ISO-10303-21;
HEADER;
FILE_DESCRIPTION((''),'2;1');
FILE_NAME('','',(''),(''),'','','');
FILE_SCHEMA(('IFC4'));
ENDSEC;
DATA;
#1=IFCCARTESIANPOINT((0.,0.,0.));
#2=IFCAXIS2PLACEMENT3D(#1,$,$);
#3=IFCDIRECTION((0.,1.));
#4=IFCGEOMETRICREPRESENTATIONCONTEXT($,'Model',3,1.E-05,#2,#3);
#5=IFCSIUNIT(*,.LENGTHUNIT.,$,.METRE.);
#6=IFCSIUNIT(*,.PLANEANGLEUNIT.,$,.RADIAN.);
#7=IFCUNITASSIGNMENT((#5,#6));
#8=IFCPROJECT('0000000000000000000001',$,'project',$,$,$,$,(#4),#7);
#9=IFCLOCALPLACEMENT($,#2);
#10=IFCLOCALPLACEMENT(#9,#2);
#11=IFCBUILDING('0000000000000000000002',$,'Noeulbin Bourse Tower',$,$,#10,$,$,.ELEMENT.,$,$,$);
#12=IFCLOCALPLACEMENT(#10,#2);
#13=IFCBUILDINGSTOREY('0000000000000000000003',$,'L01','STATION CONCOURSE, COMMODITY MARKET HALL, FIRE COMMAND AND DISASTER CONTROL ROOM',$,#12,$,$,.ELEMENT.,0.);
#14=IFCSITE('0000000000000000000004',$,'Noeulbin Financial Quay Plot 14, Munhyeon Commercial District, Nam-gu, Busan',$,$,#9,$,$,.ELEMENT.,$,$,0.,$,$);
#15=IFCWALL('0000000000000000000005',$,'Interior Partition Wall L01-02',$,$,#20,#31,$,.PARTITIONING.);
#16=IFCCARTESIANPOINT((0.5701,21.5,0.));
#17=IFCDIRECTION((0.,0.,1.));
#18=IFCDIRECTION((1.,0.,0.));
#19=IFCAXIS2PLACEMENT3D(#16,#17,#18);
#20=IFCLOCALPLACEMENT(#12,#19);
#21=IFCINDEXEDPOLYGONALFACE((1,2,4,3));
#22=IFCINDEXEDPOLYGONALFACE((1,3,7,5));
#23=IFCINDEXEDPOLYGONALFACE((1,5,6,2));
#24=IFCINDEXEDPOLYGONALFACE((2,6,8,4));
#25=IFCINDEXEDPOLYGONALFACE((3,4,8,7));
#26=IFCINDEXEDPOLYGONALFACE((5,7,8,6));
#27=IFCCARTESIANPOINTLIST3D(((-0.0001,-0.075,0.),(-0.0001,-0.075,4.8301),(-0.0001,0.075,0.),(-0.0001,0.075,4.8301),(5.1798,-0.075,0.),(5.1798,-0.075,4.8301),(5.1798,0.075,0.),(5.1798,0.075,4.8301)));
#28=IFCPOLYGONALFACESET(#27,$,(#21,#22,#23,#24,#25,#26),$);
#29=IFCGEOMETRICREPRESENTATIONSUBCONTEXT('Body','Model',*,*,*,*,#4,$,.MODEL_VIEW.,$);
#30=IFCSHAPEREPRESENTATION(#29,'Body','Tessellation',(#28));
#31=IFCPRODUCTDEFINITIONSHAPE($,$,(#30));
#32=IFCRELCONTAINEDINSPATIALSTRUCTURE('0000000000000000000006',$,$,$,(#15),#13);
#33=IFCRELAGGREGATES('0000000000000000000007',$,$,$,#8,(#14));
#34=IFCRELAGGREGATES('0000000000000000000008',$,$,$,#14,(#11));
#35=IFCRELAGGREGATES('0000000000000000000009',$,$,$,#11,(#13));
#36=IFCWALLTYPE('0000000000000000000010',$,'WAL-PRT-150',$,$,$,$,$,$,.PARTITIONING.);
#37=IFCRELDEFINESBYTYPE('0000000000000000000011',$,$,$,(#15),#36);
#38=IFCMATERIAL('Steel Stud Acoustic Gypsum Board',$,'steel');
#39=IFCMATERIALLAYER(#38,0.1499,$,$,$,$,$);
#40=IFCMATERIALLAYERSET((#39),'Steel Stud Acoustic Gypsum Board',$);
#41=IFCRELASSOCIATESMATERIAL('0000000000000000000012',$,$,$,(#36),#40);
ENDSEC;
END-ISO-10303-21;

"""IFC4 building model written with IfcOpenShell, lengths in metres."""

from ifc_helpers import new_model, si_unit, direction, frame, frame_2d, origin, place, context, subcontext, project, spatial, rectangle, extrude, material, layer, layer_set, type_object, element, save


model = new_model("IFC4")

# Units and contexts
model_context = context("Model", 3, precision=1e-05, world=origin(), true_north=direction((0.0, 1.0)))
body_context = subcontext(model_context, "Body", "Model", "MODEL_VIEW")
ifc_project = project(units=[si_unit("LENGTHUNIT", "METRE"), si_unit("PLANEANGLEUNIT", "RADIAN")], contexts=[model_context])

# Site, building, storey
site_placement = place(None, origin())
site = spatial("IfcSite", under=ifc_project, at=site_placement, Name="Noeulbin Financial Quay Plot 14, Munhyeon Commercial District, Nam-gu, Busan", CompositionType="ELEMENT", RefElevation=0.0)
building_placement = place(site_placement, origin())
building = spatial("IfcBuilding", under=site, at=building_placement, Name="Noeulbin Bourse Tower", CompositionType="ELEMENT")
storey_placement = place(building_placement, origin())
storey = spatial("IfcBuildingStorey", under=building, at=storey_placement, Name="L01", Description="STATION CONCOURSE, COMMODITY MARKET HALL, FIRE COMMAND AND DISASTER CONTROL ROOM", CompositionType="ELEMENT", Elevation=0.0)

# Wall
ifc_material_1 = material(Name="Steel Stud Acoustic Gypsum Board", Category="steel")
ifc_layer_1 = layer(ifc_material_1, 0.1499)
ifc_layer_set_1 = layer_set([ifc_layer_1], Name="Steel Stud Acoustic Gypsum Board")
wall_type_1 = type_object("IfcWallType", Name="WAL-PRT-150", PredefinedType="PARTITIONING", material=ifc_layer_set_1)
wall_1_placement = place(storey_placement, frame((0.5701, 21.5, 0.0), z_axis=(0.0, 0.0, 1.0), x_axis=(1.0, 0.0, 0.0)))
element("IfcWall", 1, at=wall_1_placement, inside=storey, type_object=wall_type_1, Name="Interior Partition Wall L01-02", PredefinedType="PARTITIONING", context=body_context, shape_type="SweptSolid", body=[
    extrude(rectangle(XDim=5.1799, YDim=0.1499, at=frame_2d((2.5898, 0.0))), origin(), (0.0, 0.0, 1.0), 4.8301),
])

save(model, "model.ifc")
